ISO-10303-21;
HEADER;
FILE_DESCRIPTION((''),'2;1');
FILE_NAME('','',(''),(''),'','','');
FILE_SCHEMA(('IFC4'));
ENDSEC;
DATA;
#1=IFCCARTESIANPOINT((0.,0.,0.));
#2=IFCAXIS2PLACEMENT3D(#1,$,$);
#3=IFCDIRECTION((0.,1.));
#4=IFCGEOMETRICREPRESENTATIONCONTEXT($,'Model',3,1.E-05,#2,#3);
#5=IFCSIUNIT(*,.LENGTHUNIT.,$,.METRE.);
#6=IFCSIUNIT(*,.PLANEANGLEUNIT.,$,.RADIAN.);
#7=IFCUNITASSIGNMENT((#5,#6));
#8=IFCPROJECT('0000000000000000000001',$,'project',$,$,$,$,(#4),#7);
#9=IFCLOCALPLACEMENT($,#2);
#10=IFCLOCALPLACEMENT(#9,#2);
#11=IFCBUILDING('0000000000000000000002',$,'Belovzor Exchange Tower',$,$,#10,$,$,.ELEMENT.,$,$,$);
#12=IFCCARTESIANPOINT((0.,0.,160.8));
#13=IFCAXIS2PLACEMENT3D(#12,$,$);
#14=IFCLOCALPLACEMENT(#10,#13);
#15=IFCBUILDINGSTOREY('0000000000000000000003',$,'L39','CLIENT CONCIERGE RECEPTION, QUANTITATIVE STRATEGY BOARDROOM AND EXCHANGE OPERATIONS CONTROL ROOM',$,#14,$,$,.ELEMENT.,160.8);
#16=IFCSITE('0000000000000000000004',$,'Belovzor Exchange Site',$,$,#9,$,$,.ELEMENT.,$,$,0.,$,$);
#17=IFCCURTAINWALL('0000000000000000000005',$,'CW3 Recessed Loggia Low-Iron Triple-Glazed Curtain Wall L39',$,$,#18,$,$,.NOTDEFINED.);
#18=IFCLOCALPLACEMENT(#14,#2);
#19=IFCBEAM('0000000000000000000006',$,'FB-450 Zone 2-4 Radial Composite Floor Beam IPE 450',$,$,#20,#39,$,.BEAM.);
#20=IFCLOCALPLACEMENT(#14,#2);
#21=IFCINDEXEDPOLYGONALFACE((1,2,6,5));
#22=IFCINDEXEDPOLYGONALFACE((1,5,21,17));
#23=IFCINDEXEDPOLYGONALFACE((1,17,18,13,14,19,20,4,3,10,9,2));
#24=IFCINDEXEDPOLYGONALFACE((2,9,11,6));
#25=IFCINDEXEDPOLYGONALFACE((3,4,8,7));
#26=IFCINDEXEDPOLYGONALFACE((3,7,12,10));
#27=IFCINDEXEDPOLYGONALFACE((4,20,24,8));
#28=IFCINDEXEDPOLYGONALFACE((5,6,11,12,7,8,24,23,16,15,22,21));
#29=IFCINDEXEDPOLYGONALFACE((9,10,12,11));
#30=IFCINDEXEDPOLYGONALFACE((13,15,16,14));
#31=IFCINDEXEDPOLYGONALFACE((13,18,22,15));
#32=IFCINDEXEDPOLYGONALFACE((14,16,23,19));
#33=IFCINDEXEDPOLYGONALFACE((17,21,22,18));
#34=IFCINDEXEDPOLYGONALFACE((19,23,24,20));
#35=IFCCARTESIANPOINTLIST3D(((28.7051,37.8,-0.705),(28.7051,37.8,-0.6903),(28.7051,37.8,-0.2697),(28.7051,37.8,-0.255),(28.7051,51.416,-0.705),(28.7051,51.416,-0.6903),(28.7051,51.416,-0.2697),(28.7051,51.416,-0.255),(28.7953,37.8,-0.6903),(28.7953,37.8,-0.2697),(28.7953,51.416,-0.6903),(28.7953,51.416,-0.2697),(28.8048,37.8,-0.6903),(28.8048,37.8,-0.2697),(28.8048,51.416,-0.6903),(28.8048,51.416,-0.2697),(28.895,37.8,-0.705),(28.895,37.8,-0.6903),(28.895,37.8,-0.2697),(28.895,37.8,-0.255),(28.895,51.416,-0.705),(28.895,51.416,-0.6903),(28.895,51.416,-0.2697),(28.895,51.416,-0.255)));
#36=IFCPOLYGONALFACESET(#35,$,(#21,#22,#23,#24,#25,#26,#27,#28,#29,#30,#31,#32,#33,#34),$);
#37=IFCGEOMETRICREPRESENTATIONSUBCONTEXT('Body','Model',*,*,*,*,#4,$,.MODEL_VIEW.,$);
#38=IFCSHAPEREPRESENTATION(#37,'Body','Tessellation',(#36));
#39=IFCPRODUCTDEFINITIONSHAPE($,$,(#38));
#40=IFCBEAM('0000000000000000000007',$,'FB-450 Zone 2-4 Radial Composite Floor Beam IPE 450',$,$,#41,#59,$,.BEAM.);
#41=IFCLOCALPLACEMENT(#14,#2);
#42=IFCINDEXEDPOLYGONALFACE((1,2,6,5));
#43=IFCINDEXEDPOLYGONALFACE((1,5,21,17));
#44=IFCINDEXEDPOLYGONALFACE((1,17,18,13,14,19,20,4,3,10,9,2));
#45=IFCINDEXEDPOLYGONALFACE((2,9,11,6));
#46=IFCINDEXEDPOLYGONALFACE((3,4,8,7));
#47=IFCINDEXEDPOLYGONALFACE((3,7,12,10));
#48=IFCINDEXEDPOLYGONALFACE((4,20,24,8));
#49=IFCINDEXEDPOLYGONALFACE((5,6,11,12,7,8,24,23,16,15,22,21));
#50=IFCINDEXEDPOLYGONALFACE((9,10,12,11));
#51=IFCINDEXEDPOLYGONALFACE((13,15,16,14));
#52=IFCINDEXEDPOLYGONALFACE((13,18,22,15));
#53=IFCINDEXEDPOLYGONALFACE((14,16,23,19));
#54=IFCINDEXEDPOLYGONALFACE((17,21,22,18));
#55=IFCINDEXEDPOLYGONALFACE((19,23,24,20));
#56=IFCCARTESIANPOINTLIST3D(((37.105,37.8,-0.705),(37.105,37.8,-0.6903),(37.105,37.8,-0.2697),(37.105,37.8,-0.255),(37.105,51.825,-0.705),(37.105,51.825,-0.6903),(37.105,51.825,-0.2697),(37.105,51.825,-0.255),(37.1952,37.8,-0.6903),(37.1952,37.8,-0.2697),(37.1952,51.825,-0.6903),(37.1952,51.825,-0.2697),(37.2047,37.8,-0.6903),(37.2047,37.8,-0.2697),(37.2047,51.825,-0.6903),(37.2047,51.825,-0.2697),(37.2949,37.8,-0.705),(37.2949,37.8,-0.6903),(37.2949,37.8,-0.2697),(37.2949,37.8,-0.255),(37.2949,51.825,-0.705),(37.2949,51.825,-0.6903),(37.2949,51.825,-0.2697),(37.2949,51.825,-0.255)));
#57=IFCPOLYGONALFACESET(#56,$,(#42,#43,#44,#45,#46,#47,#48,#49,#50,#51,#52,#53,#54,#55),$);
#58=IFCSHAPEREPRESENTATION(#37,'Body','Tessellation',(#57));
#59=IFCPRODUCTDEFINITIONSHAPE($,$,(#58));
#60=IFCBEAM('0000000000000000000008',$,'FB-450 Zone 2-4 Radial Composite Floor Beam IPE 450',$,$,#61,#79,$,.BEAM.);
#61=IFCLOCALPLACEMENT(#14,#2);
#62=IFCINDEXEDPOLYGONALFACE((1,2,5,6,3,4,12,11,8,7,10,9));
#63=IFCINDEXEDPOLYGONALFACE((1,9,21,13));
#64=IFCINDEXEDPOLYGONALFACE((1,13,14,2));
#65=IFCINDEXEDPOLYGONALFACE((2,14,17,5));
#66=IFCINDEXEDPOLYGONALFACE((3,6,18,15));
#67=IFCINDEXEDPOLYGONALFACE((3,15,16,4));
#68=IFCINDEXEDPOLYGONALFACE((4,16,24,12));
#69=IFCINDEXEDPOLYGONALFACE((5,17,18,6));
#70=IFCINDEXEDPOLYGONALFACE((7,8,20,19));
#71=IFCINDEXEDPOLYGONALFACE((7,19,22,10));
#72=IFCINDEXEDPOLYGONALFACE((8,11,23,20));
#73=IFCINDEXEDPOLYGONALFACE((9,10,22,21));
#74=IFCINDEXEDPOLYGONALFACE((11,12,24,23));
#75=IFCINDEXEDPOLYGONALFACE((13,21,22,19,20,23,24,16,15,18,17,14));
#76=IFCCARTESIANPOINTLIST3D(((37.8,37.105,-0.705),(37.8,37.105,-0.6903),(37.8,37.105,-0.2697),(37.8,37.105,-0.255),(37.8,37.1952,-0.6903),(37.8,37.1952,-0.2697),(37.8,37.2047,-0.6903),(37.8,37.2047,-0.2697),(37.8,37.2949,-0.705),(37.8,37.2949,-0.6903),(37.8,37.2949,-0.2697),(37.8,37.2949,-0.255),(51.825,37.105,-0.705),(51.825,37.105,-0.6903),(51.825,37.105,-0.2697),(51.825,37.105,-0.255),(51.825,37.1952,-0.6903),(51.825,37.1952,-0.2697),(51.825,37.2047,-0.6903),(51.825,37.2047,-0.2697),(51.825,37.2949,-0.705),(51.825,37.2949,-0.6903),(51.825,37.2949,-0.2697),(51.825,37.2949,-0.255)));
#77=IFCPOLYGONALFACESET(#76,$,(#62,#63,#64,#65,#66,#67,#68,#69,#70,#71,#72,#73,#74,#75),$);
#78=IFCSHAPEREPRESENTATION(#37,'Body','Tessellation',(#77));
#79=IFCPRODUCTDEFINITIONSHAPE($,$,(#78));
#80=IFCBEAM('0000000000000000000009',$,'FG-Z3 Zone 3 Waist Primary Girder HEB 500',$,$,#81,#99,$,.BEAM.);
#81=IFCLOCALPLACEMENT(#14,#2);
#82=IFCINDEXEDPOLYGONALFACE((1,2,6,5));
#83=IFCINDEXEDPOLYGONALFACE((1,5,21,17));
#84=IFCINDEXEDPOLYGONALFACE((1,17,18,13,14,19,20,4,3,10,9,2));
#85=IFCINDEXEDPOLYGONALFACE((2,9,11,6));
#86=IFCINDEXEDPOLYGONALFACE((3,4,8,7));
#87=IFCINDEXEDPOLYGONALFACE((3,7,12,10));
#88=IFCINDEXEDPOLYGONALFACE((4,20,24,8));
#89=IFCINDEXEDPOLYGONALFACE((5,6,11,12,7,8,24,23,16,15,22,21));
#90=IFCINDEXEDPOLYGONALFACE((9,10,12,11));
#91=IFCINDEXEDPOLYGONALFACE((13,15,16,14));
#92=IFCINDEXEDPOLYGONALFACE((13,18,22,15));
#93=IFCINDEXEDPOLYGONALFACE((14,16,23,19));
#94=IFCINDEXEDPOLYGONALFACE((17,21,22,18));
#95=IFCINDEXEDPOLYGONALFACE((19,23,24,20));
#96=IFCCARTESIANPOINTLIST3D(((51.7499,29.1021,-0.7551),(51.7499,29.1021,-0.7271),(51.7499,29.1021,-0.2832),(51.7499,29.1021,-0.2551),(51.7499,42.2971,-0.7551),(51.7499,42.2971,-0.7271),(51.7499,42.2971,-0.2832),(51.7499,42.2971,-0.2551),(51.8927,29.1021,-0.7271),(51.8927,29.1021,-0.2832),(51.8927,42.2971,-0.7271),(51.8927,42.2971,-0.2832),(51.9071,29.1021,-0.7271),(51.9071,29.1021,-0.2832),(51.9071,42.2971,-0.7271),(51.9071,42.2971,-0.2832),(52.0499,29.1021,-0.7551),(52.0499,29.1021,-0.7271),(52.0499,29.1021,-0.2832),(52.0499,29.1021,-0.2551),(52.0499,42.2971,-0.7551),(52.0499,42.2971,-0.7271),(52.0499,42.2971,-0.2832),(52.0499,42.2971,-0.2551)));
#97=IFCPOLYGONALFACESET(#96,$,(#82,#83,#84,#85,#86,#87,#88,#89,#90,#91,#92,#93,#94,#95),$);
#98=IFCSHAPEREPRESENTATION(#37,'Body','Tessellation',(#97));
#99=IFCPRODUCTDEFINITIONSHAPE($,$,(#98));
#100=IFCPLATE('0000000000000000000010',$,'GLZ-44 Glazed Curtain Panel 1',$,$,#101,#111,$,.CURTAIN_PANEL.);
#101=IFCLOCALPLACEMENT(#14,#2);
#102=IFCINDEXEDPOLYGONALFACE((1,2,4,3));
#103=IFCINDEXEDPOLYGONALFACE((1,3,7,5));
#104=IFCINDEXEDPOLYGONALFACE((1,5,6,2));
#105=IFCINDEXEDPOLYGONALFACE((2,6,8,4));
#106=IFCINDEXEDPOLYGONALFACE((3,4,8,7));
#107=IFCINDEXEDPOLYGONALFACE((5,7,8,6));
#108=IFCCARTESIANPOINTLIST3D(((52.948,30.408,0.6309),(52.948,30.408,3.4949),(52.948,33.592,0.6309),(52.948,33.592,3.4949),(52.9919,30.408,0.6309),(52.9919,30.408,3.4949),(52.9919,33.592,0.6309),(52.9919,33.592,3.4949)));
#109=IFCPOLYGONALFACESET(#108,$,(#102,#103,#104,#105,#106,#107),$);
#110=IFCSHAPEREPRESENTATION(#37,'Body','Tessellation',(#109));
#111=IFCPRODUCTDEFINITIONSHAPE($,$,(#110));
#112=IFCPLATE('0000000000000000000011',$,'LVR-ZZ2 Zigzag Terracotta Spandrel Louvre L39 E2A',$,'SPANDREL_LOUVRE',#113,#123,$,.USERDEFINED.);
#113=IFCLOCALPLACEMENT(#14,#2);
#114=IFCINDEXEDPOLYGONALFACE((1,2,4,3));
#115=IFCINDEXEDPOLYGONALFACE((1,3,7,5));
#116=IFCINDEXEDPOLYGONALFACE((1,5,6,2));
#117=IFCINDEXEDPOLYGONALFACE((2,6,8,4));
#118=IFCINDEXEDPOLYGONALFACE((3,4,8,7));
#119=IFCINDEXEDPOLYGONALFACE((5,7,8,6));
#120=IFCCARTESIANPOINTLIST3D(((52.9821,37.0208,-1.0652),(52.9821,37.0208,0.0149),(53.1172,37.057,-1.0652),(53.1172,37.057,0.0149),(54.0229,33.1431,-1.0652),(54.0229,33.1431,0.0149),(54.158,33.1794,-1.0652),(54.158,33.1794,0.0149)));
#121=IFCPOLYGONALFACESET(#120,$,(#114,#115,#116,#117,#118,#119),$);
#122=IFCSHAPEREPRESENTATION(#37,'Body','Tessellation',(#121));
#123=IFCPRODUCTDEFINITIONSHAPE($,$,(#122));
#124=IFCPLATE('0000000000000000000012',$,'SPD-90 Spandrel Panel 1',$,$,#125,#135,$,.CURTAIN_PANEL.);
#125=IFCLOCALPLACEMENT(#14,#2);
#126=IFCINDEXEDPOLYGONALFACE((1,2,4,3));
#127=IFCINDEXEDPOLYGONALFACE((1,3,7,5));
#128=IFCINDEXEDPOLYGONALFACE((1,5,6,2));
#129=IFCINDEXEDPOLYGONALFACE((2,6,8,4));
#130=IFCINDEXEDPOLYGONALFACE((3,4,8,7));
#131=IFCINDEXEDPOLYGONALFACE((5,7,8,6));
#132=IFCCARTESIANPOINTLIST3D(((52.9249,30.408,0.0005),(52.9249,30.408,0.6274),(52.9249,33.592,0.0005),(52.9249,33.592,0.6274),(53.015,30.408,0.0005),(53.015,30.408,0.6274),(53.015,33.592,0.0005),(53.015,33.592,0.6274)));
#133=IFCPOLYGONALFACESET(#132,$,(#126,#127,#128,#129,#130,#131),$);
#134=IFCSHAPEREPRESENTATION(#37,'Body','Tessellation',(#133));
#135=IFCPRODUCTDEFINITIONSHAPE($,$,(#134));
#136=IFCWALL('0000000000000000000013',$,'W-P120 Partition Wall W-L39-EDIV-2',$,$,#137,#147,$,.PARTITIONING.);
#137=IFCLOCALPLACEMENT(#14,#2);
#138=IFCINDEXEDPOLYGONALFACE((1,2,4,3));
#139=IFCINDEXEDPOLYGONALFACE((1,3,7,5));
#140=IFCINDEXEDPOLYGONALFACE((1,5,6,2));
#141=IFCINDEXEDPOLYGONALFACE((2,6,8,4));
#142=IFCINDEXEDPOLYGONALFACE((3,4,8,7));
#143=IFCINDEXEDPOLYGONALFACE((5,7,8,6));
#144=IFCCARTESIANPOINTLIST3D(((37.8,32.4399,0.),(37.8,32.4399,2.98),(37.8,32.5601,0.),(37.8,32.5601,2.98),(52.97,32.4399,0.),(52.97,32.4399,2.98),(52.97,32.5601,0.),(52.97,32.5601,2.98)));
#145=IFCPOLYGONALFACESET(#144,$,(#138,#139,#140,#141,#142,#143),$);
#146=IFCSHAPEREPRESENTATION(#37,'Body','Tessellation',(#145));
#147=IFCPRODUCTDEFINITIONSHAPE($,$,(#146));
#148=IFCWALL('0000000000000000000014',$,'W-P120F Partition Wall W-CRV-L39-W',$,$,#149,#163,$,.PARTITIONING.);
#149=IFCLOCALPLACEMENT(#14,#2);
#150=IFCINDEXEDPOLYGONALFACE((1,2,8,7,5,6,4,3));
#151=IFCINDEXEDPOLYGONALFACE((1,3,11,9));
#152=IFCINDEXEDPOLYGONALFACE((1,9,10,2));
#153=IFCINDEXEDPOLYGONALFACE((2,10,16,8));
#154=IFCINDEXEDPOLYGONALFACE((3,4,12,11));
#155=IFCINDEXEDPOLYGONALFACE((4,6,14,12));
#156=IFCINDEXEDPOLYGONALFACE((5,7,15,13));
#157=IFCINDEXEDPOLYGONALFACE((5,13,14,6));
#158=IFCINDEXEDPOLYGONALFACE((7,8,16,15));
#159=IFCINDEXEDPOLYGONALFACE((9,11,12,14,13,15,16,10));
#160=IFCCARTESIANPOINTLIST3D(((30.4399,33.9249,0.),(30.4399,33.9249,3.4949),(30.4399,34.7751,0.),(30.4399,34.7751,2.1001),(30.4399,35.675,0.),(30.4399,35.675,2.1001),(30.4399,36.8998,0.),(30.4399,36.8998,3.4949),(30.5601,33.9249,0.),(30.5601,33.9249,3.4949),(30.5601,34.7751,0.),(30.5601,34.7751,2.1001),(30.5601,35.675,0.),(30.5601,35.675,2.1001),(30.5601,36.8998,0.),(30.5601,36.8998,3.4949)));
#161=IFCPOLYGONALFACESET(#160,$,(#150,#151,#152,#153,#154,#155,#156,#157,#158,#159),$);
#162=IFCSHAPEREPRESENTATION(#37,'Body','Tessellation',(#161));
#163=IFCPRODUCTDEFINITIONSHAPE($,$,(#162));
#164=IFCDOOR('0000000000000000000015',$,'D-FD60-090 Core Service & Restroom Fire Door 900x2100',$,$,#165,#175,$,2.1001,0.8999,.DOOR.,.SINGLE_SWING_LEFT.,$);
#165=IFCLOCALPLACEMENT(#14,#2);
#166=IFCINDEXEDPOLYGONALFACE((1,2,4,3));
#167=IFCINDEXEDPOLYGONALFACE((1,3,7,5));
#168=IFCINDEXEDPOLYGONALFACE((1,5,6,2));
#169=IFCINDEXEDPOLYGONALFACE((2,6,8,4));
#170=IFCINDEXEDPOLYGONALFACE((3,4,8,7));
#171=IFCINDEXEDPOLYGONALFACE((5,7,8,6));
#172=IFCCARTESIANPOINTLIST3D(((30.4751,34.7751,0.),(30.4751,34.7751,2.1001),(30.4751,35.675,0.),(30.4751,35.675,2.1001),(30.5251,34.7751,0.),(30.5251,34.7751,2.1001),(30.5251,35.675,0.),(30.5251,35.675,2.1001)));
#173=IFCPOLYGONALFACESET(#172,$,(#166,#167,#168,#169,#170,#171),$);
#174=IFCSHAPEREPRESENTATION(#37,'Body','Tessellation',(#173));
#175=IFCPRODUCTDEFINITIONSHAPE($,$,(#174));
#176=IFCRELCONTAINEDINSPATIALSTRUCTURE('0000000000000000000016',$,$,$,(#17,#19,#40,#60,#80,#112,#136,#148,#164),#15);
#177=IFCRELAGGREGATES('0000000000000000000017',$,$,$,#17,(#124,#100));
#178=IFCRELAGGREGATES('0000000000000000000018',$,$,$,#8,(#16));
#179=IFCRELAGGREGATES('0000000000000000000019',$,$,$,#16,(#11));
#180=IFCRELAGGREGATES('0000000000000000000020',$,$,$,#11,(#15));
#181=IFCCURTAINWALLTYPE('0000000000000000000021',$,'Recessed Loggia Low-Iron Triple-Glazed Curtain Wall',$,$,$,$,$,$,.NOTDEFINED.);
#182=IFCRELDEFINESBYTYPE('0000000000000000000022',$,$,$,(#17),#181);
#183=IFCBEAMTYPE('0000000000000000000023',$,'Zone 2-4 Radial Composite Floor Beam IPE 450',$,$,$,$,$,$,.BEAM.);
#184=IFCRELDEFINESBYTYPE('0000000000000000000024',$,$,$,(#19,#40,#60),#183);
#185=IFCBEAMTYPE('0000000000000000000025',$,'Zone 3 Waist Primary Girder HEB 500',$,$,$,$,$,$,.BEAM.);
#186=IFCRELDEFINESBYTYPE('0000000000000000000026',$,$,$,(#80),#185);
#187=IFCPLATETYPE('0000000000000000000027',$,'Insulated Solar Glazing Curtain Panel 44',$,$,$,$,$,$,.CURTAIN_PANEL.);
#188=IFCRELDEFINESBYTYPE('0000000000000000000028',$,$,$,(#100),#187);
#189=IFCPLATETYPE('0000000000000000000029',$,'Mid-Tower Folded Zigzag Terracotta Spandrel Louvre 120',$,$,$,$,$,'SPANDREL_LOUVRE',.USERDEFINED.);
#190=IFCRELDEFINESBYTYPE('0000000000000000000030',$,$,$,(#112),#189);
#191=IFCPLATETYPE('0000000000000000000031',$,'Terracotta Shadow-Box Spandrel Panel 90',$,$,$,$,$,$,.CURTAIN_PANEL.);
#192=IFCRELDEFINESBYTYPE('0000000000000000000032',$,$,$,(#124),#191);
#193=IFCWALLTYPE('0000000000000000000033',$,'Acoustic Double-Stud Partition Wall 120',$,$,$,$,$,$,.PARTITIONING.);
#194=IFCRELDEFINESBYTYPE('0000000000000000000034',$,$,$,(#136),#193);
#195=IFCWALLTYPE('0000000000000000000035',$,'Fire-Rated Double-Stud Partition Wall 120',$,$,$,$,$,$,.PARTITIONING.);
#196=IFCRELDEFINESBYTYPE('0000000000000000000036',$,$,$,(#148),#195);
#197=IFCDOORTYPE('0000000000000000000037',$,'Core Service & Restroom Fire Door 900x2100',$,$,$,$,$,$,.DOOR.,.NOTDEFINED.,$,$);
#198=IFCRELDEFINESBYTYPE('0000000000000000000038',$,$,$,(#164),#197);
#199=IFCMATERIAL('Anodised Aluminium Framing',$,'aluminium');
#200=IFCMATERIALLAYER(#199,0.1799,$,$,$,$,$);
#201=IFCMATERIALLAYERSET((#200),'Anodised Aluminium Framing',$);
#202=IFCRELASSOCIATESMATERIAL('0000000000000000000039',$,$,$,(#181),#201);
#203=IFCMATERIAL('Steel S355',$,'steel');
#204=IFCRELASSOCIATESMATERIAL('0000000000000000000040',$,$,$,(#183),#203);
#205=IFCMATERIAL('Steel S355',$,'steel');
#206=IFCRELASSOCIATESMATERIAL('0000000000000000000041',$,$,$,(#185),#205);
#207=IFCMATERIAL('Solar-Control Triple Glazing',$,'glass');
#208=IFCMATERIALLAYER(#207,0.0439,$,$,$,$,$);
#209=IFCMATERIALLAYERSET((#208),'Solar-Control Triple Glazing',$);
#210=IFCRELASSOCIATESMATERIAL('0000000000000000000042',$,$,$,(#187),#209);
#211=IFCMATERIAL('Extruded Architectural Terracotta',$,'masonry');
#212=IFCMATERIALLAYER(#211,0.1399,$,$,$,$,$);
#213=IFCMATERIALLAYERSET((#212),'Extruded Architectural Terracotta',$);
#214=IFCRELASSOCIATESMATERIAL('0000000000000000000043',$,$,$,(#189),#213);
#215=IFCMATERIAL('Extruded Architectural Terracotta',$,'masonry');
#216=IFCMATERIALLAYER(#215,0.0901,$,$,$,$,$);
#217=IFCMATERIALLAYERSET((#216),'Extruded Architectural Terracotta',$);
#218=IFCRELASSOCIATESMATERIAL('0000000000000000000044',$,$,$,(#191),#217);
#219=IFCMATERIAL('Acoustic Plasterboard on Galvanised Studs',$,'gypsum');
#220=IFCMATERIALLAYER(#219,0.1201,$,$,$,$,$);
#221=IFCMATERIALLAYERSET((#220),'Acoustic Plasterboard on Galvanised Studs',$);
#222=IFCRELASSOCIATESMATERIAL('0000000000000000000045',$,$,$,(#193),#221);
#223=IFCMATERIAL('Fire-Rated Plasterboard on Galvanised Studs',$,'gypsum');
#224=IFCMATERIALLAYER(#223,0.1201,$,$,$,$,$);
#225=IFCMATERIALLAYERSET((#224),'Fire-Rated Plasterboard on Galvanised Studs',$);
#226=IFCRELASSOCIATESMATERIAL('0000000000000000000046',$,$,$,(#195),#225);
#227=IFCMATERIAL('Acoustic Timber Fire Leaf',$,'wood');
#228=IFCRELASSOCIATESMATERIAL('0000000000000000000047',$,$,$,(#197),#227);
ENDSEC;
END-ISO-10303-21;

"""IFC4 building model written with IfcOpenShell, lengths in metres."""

from ifc_helpers import new_model, si_unit, direction, frame, frame_2d, origin, origin_2d, place, context, subcontext, project, spatial, rectangle, i_section, extrude, material, layer, layer_set, material_profile, profile_set, type_object, element, fill, aggregate, save


model = new_model("IFC4")

# Units and contexts
model_context = context("Model", 3, precision=1e-05, world=origin(), true_north=direction((0.0, 1.0)))
body_context = subcontext(model_context, "Body", "Model", "MODEL_VIEW")
ifc_project = project(units=[si_unit("LENGTHUNIT", "METRE"), si_unit("PLANEANGLEUNIT", "RADIAN")], contexts=[model_context])

# Site, building, storey
site_placement = place(None, origin())
site = spatial("IfcSite", under=ifc_project, at=site_placement, Name="Belovzor Exchange Site", CompositionType="ELEMENT", RefElevation=0.0)
building_placement = place(site_placement, origin())
building = spatial("IfcBuilding", under=site, at=building_placement, Name="Belovzor Exchange Tower", CompositionType="ELEMENT")
storey_placement = place(building_placement, frame((0.0, 0.0, 160.8)))
storey = spatial("IfcBuildingStorey", under=building, at=storey_placement, Name="L39", Description="CLIENT CONCIERGE RECEPTION, QUANTITATIVE STRATEGY BOARDROOM AND EXCHANGE OPERATIONS CONTROL ROOM", CompositionType="ELEMENT", Elevation=160.8)

# Curtain wall
ifc_material_1 = material(Name="Anodised Aluminium Framing", Category="aluminium")
ifc_layer_1 = layer(ifc_material_1, 0.1799)
ifc_layer_set_1 = layer_set([ifc_layer_1], Name="Anodised Aluminium Framing")
curtain_wall_type = type_object("IfcCurtainWallType", Name="Recessed Loggia Low-Iron Triple-Glazed Curtain Wall", PredefinedType="NOTDEFINED", material=ifc_layer_set_1)
curtain_wall_placement = place(storey_placement, origin())
curtain_wall = element("IfcCurtainWall", 1, at=curtain_wall_placement, inside=storey, type_object=curtain_wall_type, Name="CW3 Recessed Loggia Low-Iron Triple-Glazed Curtain Wall L39", PredefinedType="NOTDEFINED")

# Beams
ifc_material_2 = material(Name="Steel S355", Category="steel")
ifc_material_profile_1 = material_profile(ifc_material_2, i_section(OverallWidth=0.1899, OverallDepth=0.45, WebThickness=0.0095, FlangeThickness=0.0146, at=origin_2d()))
ifc_profile_set_1 = profile_set([ifc_material_profile_1], Name="Steel S355")
beam_type_1 = type_object("IfcBeamType", Name="Zone 2-4 Radial Composite Floor Beam IPE 450", PredefinedType="BEAM", material=ifc_profile_set_1)
beam_1_placement = place(storey_placement, frame((28.8, 37.8, -0.48), z_axis=(0.0, 1.0, 0.0), x_axis=(-1.0, 0.0, 0.0)))
element("IfcBeam", 2, at=beam_1_placement, inside=storey, type_object=beam_type_1, Name="FB-450 Zone 2-4 Radial Composite Floor Beam IPE 450", PredefinedType="BEAM", context=body_context, shape_type="SweptSolid", body=[
    extrude(i_section(OverallWidth=0.1899, OverallDepth=0.45, WebThickness=0.0095, FlangeThickness=0.0146, at=origin_2d()), origin(), (0.0, 0.0, 1.0), 13.616),
])
for number, where, z_axis, x_axis, name in (
    (3, (37.2, 37.8, -0.48), (0.0, 1.0, 0.0), (-1.0, 0.0, 0.0), "FB-450 Zone 2-4 Radial Composite Floor Beam IPE 450"),
    (4, (37.8, 37.2, -0.48), (1.0, 0.0, 0.0), (0.0, 1.0, 0.0), "FB-450 Zone 2-4 Radial Composite Floor Beam IPE 450"),
):
    element("IfcBeam", number, at=place(storey_placement, frame(where, z_axis=z_axis, x_axis=x_axis)), inside=storey, type_object=beam_type_1, Name=name, PredefinedType="BEAM", context=body_context, shape_type="SweptSolid", body=[
        extrude(i_section(OverallWidth=0.1899, OverallDepth=0.45, WebThickness=0.0095, FlangeThickness=0.0146, at=origin_2d()), origin(), (0.0, 0.0, 1.0), 14.0249),
    ])
ifc_material_3 = material(Name="Steel S355", Category="steel")
ifc_material_profile_2 = material_profile(ifc_material_3, i_section(OverallWidth=0.3, OverallDepth=0.5, WebThickness=0.0144, FlangeThickness=0.0281, at=origin_2d()))
ifc_profile_set_2 = profile_set([ifc_material_profile_2], Name="Steel S355")
beam_type_2 = type_object("IfcBeamType", Name="Zone 3 Waist Primary Girder HEB 500", PredefinedType="BEAM", material=ifc_profile_set_2)
beam_2_placement = place(storey_placement, frame((51.8999, 29.1021, -0.5051), z_axis=(0.0, 1.0, 0.0), x_axis=(-1.0, 0.0, 0.0)))
element("IfcBeam", 5, at=beam_2_placement, inside=storey, type_object=beam_type_2, Name="FG-Z3 Zone 3 Waist Primary Girder HEB 500", PredefinedType="BEAM", context=body_context, shape_type="SweptSolid", body=[
    extrude(i_section(OverallWidth=0.3, OverallDepth=0.5, WebThickness=0.0144, FlangeThickness=0.0281, at=origin_2d()), origin(), (0.0, 0.0, 1.0), 13.1951),
])

# Plates
ifc_material_4 = material(Name="Solar-Control Triple Glazing", Category="glass")
ifc_layer_2 = layer(ifc_material_4, 0.0439)
ifc_layer_set_2 = layer_set([ifc_layer_2], Name="Solar-Control Triple Glazing")
plate_type_1 = type_object("IfcPlateType", Name="Insulated Solar Glazing Curtain Panel 44", PredefinedType="CURTAIN_PANEL", material=ifc_layer_set_2)
plate_1_placement = place(storey_placement, frame((52.97, 32.0, 0.6309), z_axis=(0.0, 0.0, 1.0), x_axis=(0.0, -1.0, 0.0)))
plate_1 = element("IfcPlate", 6, at=plate_1_placement, type_object=plate_type_1, Name="GLZ-44 Glazed Curtain Panel 1", PredefinedType="CURTAIN_PANEL", context=body_context, shape_type="SweptSolid", body=[
    extrude(rectangle(XDim=3.1841, YDim=0.0439, at=origin_2d()), origin(), (0.0, 0.0, 1.0), 2.864),
])
ifc_material_5 = material(Name="Extruded Architectural Terracotta", Category="masonry")
ifc_layer_3 = layer(ifc_material_5, 0.1399)
ifc_layer_set_3 = layer_set([ifc_layer_3], Name="Extruded Architectural Terracotta")
plate_type_2 = type_object("IfcPlateType", Name="Mid-Tower Folded Zigzag Terracotta Spandrel Louvre 120", ElementType="SPANDREL_LOUVRE", PredefinedType="USERDEFINED", material=ifc_layer_set_3)
plate_2_placement = place(storey_placement, frame((53.5701, 35.1001, -1.0652), z_axis=(0.0, 0.0, 1.0), x_axis=(-0.25924, 0.965813, 0.0)))
element("IfcPlate", 7, at=plate_2_placement, inside=storey, type_object=plate_type_2, Name="LVR-ZZ2 Zigzag Terracotta Spandrel Louvre L39 E2A", ObjectType="SPANDREL_LOUVRE", PredefinedType="USERDEFINED", context=body_context, shape_type="SweptSolid", body=[
    extrude(rectangle(XDim=4.0149, YDim=0.1399, at=origin_2d()), origin(), (0.0, 0.0, 1.0), 1.0801),
])
ifc_material_6 = material(Name="Extruded Architectural Terracotta", Category="masonry")
ifc_layer_4 = layer(ifc_material_6, 0.0901)
ifc_layer_set_4 = layer_set([ifc_layer_4], Name="Extruded Architectural Terracotta")
plate_type_3 = type_object("IfcPlateType", Name="Terracotta Shadow-Box Spandrel Panel 90", PredefinedType="CURTAIN_PANEL", material=ifc_layer_set_4)
plate_3_placement = place(storey_placement, frame((52.97, 32.0, 0.0005), z_axis=(0.0, 0.0, 1.0), x_axis=(0.0, -1.0, 0.0)))
plate_3 = element("IfcPlate", 8, at=plate_3_placement, type_object=plate_type_3, Name="SPD-90 Spandrel Panel 1", PredefinedType="CURTAIN_PANEL", context=body_context, shape_type="SweptSolid", body=[
    extrude(rectangle(XDim=3.1841, YDim=0.0901, at=origin_2d()), origin(), (0.0, 0.0, 1.0), 0.627),
])
aggregate(curtain_wall, [plate_3, plate_1])

# Wall
ifc_material_7 = material(Name="Acoustic Plasterboard on Galvanised Studs", Category="gypsum")
ifc_layer_5 = layer(ifc_material_7, 0.1201)
ifc_layer_set_5 = layer_set([ifc_layer_5], Name="Acoustic Plasterboard on Galvanised Studs")
wall_type_1 = type_object("IfcWallType", Name="Acoustic Double-Stud Partition Wall 120", PredefinedType="PARTITIONING", material=ifc_layer_set_5)
wall_1_placement = place(storey_placement, frame((37.8, 32.5, 0.0), z_axis=(0.0, 0.0, 1.0), x_axis=(1.0, 0.0, 0.0)))
element("IfcWall", 9, at=wall_1_placement, inside=storey, type_object=wall_type_1, Name="W-P120 Partition Wall W-L39-EDIV-2", PredefinedType="PARTITIONING", context=body_context, shape_type="SweptSolid", body=[
    extrude(rectangle(XDim=15.1699, YDim=0.1201, at=frame_2d((7.585, 0.0))), origin(), (0.0, 0.0, 1.0), 2.98),
])

# Wall, opening, door
ifc_material_8 = material(Name="Fire-Rated Plasterboard on Galvanised Studs", Category="gypsum")
ifc_layer_6 = layer(ifc_material_8, 0.1201)
ifc_layer_set_6 = layer_set([ifc_layer_6], Name="Fire-Rated Plasterboard on Galvanised Studs")
wall_type_2 = type_object("IfcWallType", Name="Fire-Rated Double-Stud Partition Wall 120", PredefinedType="PARTITIONING", material=ifc_layer_set_6)
wall_2_placement = place(storey_placement, frame((30.5, 33.925, 0.0), z_axis=(0.0, 0.0, 1.0), x_axis=(0.0, 1.0, 0.0)))
wall_2 = element("IfcWall", 10, at=wall_2_placement, inside=storey, type_object=wall_type_2, Name="W-P120F Partition Wall W-CRV-L39-W", PredefinedType="PARTITIONING", context=body_context, shape_type="SweptSolid", body=[
    extrude(rectangle(XDim=2.9749, YDim=0.1201, at=frame_2d((1.4873, 0.0))), origin(), (0.0, 0.0, 1.0), 3.4949),
])
opening_placement = place(wall_2_placement, frame((0.8501, 0.0, 0.0)))
opening = element("IfcOpeningElement", 11, at=opening_placement, cuts=wall_2, PredefinedType="OPENING", context=body_context, shape_type="SweptSolid", body=[
    extrude(rectangle(XDim=0.8999, YDim=2.1001, at=frame_2d((0.45, 1.05))), frame((0.0, 0.0701, 0.0), z_axis=(0.0, -1.0, 0.0), x_axis=(1.0, 0.0, 0.0)), (0.0, 0.0, 1.0), 0.1401),
])
ifc_material_9 = material(Name="Acoustic Timber Fire Leaf", Category="wood")
door_type = type_object("IfcDoorType", Name="Core Service & Restroom Fire Door 900x2100", OperationType="NOTDEFINED", PredefinedType="DOOR", material=ifc_material_9)
door_placement = place(opening_placement, origin())
door = element("IfcDoor", 12, at=door_placement, inside=storey, type_object=door_type, Name="D-FD60-090 Core Service & Restroom Fire Door 900x2100", OperationType="SINGLE_SWING_LEFT", OverallHeight=2.1001, OverallWidth=0.8999, PredefinedType="DOOR", context=body_context, shape_type="SweptSolid", body=[
    extrude(rectangle(XDim=0.8999, YDim=2.1001, at=frame_2d((0.45, 1.05))), frame((0.0, 0.0249, 0.0), z_axis=(0.0, -1.0, 0.0), x_axis=(1.0, 0.0, 0.0)), (0.0, 0.0, 1.0), 0.05),
])
fill(opening, door)

save(model, "model.ifc")
